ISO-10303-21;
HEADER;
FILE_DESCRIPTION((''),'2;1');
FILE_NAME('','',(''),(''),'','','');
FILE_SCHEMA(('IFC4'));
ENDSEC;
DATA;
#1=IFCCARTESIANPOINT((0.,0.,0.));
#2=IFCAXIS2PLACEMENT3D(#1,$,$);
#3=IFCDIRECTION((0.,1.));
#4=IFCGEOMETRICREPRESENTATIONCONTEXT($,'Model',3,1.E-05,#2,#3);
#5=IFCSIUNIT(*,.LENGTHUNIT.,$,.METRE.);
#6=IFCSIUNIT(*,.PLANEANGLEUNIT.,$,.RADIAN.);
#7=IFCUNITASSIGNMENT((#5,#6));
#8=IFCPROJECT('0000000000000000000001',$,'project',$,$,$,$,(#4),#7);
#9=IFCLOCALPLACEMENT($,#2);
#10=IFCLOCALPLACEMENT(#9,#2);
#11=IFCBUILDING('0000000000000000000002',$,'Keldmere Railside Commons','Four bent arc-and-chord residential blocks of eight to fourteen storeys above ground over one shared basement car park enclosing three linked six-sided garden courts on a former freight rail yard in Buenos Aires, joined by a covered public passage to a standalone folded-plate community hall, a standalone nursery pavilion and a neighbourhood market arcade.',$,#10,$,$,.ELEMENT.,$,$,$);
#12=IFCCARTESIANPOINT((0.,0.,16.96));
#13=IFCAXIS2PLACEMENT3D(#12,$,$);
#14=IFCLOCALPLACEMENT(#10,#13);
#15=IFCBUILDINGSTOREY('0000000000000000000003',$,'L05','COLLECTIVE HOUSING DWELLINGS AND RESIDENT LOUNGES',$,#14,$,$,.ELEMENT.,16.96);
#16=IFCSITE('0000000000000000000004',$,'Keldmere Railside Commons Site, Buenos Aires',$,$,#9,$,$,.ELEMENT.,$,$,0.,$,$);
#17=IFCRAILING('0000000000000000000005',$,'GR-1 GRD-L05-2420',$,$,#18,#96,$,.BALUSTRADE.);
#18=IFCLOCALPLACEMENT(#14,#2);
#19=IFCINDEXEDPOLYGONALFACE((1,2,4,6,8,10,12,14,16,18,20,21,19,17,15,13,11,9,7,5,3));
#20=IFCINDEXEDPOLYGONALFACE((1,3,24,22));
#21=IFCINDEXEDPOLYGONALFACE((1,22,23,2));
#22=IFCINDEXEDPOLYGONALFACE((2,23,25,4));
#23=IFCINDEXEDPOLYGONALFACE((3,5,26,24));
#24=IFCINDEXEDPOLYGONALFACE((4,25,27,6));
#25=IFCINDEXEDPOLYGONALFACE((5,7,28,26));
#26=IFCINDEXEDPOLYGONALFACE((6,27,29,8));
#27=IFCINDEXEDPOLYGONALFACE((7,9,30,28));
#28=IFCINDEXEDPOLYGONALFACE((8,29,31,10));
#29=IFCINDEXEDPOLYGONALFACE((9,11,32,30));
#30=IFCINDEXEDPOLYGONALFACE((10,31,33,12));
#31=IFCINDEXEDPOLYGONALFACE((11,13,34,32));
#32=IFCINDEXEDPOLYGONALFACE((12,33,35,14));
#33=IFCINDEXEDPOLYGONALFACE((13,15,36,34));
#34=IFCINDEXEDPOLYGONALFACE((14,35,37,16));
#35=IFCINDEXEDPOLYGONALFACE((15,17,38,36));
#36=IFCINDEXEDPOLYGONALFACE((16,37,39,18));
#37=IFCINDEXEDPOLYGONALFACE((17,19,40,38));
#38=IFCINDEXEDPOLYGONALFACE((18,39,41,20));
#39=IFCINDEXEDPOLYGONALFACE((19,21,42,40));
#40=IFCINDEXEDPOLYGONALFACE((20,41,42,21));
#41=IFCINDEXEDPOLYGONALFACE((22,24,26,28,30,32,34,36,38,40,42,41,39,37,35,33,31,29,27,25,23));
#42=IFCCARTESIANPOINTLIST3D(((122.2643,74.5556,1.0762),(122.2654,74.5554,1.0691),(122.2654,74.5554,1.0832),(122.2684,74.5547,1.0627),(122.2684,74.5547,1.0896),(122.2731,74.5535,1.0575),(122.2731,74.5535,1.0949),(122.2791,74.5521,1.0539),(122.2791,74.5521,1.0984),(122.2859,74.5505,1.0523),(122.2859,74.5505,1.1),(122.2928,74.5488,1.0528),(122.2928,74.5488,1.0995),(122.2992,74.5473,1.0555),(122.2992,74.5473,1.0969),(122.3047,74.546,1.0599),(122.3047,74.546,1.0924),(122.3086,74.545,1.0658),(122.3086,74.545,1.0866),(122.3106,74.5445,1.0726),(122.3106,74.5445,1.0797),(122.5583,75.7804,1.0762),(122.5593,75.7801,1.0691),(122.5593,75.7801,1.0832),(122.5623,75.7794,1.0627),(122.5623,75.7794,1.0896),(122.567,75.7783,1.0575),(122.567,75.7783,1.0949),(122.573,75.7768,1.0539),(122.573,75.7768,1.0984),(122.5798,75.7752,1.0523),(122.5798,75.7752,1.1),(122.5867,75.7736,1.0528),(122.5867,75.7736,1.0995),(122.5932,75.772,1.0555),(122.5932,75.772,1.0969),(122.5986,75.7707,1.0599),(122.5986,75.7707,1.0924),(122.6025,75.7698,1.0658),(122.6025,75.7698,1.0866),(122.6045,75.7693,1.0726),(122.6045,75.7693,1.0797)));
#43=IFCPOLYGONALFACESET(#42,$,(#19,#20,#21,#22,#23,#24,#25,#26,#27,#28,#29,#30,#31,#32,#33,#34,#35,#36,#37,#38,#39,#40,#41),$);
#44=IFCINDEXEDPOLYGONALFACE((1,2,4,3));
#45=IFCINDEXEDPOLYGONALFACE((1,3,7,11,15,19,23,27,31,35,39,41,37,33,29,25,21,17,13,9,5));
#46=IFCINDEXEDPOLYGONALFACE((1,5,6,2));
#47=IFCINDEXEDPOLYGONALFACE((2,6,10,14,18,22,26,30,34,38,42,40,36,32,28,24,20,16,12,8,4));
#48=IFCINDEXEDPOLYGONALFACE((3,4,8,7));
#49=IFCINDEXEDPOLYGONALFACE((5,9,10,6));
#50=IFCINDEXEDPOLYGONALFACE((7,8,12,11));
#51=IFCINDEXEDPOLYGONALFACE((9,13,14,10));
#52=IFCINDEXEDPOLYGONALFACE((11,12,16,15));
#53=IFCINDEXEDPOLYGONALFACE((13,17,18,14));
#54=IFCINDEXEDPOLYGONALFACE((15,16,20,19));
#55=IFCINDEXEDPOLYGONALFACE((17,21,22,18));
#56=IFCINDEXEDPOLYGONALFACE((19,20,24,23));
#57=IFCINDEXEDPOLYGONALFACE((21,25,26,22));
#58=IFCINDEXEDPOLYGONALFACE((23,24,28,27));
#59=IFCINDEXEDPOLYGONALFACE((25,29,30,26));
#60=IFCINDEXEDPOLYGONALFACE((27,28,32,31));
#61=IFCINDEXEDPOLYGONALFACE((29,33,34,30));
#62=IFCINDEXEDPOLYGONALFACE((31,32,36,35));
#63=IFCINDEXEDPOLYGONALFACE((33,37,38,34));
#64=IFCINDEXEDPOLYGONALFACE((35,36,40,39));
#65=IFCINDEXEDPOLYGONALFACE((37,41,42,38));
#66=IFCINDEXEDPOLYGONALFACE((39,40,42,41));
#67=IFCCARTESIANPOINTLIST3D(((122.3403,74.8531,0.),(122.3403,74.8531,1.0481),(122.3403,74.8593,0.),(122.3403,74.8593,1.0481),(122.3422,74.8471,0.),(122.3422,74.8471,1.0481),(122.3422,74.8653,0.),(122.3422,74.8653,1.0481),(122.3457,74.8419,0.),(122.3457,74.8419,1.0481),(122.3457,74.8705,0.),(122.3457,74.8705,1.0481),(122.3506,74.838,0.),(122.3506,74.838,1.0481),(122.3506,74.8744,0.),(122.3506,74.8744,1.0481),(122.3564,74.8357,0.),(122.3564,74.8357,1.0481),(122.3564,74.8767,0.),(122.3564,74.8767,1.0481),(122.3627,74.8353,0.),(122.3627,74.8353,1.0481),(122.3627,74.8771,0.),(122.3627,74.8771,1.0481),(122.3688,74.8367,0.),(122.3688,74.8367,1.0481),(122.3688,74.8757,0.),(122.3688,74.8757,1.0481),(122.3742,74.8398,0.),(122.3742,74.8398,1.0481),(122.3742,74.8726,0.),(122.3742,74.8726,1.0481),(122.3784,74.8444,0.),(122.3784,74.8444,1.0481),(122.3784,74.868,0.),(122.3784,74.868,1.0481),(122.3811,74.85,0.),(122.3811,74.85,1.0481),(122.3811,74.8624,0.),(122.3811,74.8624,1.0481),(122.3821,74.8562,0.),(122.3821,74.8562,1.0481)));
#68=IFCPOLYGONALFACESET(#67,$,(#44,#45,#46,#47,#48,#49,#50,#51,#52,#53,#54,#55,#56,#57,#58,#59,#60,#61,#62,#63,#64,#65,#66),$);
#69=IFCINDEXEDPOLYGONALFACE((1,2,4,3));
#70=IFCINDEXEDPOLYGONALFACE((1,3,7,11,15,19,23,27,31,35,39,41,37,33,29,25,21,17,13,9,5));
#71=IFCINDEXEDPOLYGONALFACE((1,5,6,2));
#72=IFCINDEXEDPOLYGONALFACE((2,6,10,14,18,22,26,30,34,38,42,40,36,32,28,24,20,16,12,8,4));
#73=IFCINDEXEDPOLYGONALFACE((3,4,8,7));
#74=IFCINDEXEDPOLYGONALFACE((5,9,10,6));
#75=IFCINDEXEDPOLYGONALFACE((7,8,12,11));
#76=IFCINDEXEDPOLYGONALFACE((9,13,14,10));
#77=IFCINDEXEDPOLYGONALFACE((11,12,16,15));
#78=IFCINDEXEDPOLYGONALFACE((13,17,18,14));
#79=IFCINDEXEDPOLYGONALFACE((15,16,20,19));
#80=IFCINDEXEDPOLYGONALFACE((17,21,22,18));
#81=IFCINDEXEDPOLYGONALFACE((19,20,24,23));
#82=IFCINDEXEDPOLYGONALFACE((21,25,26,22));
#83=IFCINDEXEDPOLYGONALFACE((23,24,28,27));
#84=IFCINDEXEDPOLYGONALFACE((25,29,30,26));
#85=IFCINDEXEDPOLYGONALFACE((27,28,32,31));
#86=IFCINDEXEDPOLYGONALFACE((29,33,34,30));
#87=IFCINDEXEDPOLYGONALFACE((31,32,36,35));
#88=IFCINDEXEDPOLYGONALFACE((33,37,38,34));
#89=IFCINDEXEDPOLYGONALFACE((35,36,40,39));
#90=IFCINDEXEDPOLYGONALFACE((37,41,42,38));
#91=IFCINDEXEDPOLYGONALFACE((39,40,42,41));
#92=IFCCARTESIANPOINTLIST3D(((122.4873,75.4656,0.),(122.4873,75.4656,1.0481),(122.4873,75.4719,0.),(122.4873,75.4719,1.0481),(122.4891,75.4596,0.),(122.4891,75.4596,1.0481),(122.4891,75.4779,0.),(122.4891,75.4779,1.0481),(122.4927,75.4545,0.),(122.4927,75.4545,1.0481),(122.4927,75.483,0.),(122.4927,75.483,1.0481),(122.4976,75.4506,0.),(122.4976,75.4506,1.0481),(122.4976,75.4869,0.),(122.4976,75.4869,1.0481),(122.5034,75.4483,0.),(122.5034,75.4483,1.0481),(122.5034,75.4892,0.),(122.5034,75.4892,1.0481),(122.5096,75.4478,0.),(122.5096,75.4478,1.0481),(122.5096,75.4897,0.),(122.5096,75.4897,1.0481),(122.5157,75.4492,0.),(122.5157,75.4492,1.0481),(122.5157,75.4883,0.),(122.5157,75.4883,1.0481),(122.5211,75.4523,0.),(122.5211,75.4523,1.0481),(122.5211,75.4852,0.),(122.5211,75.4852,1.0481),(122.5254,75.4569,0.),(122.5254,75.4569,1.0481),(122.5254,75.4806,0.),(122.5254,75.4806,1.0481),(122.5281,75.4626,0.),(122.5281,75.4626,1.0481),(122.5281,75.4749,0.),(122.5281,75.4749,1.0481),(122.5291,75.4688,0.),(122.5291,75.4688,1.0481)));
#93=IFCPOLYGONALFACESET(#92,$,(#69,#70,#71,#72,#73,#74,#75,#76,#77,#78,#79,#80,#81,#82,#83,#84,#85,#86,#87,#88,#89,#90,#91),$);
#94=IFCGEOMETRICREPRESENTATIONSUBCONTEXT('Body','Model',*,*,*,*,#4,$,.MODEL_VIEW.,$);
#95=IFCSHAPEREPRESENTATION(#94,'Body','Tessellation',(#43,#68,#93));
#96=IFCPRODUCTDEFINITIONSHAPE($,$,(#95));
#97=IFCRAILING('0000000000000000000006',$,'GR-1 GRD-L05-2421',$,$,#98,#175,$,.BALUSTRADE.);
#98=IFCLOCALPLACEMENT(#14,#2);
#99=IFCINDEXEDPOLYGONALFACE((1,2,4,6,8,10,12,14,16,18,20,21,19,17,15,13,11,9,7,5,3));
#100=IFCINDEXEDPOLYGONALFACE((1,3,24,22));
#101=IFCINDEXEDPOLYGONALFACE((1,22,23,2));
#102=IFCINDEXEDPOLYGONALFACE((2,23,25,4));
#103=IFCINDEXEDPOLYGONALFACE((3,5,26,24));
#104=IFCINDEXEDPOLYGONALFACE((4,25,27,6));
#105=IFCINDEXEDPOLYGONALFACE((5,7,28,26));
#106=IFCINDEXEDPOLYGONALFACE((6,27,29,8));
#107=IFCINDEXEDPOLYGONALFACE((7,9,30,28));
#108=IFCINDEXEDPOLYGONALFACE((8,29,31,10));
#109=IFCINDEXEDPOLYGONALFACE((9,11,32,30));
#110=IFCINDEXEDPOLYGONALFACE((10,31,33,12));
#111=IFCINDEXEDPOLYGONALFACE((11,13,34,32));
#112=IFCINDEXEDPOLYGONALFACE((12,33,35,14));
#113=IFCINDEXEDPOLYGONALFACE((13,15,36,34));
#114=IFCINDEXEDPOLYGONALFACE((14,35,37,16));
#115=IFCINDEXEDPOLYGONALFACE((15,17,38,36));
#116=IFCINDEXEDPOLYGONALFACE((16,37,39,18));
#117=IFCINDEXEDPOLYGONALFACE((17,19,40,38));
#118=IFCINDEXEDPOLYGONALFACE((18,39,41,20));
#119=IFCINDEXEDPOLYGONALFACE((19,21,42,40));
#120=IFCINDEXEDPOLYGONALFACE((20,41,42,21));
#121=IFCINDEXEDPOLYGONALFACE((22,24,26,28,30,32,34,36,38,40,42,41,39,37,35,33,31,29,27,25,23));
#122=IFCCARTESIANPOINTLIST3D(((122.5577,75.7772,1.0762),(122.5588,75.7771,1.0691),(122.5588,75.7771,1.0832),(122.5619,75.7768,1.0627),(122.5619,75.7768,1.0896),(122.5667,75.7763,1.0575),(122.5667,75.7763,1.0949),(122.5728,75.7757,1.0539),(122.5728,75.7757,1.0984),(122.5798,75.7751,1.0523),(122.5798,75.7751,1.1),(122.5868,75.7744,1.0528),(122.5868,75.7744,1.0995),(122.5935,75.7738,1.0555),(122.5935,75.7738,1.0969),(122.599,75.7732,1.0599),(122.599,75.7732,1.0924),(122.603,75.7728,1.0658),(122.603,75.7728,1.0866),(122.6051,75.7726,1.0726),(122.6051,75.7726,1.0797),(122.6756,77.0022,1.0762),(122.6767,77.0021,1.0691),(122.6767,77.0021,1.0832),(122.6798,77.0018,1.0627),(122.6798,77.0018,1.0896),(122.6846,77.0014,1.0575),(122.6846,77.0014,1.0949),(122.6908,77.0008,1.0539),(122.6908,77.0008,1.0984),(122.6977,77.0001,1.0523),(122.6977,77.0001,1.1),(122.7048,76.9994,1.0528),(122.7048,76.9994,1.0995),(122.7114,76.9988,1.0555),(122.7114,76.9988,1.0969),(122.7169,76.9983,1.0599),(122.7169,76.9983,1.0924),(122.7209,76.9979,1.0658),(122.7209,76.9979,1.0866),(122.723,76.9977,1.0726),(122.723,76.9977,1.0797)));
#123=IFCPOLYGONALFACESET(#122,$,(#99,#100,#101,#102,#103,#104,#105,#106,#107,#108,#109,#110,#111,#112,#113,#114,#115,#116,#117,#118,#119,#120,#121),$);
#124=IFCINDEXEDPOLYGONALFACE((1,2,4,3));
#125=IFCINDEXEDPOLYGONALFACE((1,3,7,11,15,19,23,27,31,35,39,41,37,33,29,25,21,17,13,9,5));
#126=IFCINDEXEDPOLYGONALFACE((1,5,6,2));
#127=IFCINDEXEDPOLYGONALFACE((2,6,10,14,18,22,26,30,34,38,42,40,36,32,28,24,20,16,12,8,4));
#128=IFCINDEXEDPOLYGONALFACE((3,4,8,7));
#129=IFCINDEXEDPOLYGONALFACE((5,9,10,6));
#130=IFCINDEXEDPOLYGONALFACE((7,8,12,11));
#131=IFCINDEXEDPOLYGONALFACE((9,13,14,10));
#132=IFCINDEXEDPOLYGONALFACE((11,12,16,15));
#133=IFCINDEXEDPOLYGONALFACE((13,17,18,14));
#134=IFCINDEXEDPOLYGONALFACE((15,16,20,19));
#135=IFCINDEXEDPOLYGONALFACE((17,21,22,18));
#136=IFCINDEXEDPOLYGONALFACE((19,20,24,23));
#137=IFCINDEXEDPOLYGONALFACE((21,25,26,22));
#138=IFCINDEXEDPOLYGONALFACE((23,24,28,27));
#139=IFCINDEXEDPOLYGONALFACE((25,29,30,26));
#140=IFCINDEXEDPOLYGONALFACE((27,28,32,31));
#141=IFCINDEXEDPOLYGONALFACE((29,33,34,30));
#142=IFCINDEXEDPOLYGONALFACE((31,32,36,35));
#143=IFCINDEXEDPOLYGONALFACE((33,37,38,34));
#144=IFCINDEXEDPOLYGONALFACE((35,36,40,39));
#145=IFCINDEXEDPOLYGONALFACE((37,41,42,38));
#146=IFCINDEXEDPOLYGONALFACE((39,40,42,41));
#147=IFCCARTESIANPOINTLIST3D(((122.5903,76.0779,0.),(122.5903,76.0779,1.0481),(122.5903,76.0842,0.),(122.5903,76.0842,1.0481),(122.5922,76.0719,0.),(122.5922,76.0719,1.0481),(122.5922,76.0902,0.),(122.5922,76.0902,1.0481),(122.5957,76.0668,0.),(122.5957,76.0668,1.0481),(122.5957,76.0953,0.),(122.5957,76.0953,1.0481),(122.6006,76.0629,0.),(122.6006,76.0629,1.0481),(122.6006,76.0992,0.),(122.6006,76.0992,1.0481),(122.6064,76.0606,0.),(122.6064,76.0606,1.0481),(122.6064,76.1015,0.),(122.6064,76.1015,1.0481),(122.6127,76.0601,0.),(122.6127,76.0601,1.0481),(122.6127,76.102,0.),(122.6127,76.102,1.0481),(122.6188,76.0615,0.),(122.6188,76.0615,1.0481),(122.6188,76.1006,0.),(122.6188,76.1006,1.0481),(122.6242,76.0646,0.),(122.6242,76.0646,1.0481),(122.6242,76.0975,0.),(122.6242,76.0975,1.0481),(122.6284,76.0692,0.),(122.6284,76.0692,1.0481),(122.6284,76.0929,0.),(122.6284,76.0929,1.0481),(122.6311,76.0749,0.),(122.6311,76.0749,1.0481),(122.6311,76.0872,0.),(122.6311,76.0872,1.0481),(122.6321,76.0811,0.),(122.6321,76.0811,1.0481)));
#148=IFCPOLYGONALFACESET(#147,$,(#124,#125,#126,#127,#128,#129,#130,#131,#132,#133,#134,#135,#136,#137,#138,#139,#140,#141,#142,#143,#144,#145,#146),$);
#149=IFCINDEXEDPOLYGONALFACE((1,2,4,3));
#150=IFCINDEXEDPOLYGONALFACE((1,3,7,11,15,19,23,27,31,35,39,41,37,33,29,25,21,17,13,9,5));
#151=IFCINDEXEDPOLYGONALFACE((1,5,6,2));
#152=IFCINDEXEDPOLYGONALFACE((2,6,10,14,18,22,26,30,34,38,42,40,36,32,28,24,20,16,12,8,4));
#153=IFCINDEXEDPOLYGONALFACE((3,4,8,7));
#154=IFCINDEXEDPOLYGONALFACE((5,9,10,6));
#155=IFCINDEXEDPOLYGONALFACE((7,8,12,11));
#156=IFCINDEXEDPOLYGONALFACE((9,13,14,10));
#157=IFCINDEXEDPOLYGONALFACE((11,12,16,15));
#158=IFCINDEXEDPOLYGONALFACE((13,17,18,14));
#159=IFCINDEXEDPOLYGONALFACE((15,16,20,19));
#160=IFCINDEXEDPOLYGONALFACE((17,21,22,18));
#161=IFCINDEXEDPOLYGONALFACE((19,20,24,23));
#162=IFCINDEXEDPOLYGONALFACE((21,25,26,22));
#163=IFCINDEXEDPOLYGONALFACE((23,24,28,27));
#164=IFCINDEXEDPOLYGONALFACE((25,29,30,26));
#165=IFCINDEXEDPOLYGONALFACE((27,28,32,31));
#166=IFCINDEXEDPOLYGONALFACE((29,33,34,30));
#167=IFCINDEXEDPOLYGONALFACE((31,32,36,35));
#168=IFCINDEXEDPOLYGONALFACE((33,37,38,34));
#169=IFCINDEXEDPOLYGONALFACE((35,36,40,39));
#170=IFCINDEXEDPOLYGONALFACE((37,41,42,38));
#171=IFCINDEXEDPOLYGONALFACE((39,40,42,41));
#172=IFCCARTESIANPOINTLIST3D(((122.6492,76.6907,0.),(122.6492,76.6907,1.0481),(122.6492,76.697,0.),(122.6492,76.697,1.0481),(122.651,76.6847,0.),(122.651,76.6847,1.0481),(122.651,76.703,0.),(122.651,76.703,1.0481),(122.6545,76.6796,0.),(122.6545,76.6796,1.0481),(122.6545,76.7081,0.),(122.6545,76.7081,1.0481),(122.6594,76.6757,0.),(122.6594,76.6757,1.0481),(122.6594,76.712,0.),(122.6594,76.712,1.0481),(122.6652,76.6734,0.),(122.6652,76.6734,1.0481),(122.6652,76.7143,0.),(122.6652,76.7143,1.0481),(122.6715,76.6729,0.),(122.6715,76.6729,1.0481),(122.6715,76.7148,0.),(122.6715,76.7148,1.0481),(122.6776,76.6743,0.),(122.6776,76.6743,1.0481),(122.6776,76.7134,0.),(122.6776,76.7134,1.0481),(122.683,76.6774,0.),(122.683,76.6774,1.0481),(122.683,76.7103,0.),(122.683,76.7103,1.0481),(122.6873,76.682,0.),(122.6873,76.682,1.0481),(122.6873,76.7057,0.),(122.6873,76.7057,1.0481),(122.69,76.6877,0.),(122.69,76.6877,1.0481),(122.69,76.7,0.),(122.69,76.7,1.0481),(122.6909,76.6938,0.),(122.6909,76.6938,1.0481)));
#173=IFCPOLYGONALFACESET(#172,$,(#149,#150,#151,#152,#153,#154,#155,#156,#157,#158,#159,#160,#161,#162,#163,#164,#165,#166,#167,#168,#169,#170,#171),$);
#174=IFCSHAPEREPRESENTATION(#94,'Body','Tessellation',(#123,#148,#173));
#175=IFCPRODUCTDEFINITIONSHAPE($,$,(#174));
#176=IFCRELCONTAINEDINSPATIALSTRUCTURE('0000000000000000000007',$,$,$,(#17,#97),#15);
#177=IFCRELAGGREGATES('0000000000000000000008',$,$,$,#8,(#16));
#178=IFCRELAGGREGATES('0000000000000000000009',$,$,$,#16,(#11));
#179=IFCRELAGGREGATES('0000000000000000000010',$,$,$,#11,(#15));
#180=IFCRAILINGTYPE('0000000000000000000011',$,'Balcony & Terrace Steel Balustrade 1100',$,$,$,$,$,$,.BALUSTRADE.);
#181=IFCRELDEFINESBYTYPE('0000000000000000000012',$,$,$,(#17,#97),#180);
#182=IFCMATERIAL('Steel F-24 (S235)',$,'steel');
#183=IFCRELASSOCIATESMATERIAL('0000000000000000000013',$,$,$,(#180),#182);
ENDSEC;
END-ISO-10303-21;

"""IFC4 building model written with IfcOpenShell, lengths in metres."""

from ifc_helpers import new_model, si_unit, direction, frame, origin, origin_2d, place, context, subcontext, project, spatial, circle, extrude, material, type_object, element, save


model = new_model("IFC4")

# Units and contexts
model_context = context("Model", 3, precision=1e-05, world=origin(), true_north=direction((0.0, 1.0)))
body_context = subcontext(model_context, "Body", "Model", "MODEL_VIEW")
ifc_project = project(units=[si_unit("LENGTHUNIT", "METRE"), si_unit("PLANEANGLEUNIT", "RADIAN")], contexts=[model_context])

# Site, building, storey
site_placement = place(None, origin())
site = spatial("IfcSite", under=ifc_project, at=site_placement, Name="Keldmere Railside Commons Site, Buenos Aires", CompositionType="ELEMENT", RefElevation=0.0)
building_placement = place(site_placement, origin())
building = spatial("IfcBuilding", under=site, at=building_placement, Name="Keldmere Railside Commons", Description="Four bent arc-and-chord residential blocks of eight to fourteen storeys above ground over one shared basement car park enclosing three linked six-sided garden courts on a former freight rail yard in Buenos Aires, joined by a covered public passage to a standalone folded-plate community hall, a standalone nursery pavilion and a neighbourhood market arcade.", CompositionType="ELEMENT")
storey_placement = place(building_placement, frame((0.0, 0.0, 16.96)))
storey = spatial("IfcBuildingStorey", under=building, at=storey_placement, Name="L05", Description="COLLECTIVE HOUSING DWELLINGS AND RESIDENT LOUNGES", CompositionType="ELEMENT", Elevation=16.96)

# Railings
ifc_material_1 = material(Name="Steel F-24 (S235)", Category="steel")
railing_type_1 = type_object("IfcRailingType", Name="Balcony & Terrace Steel Balustrade 1100", PredefinedType="BALUSTRADE", material=ifc_material_1)
railing_1_placement = place(storey_placement, frame((122.2876, 74.55, 0.0)))
element("IfcRailing", 1, at=railing_1_placement, inside=storey, type_object=railing_type_1, Name="GR-1 GRD-L05-2420", PredefinedType="BALUSTRADE", context=body_context, shape_type="SweptSolid", body=[
    extrude(circle(Radius=0.0239, at=origin_2d()), frame((0.0, 0.0, 1.0762), z_axis=(0.233358, 0.972391, 0.0), x_axis=(-0.972391, 0.233358, 0.0)), (0.0, 0.0, 1.0), 1.2595),
    extrude(circle(Radius=0.021, at=origin_2d()), frame((0.0735, 0.3062, 0.0)), (0.0, 0.0, 1.0), 1.0481),
    extrude(circle(Radius=0.021, at=origin_2d()), frame((0.2205, 0.9187, 0.0)), (0.0, 0.0, 1.0), 1.0481),
])
railing_2_placement = place(storey_placement, frame((122.5815, 75.7749, 0.0)))
element("IfcRailing", 2, at=railing_2_placement, inside=storey, type_object=railing_type_1, Name="GR-1 GRD-L05-2421", PredefinedType="BALUSTRADE", context=body_context, shape_type="SweptSolid", body=[
    extrude(circle(Radius=0.0239, at=origin_2d()), frame((0.0, 0.0, 1.0762), z_axis=(0.095811, 0.9954, 0.0), x_axis=(-0.9954, 0.095811, 0.0)), (0.0, 0.0, 1.0), 1.2307),
    extrude(circle(Radius=0.021, at=origin_2d()), frame((0.0295, 0.3062, 0.0)), (0.0, 0.0, 1.0), 1.0481),
    extrude(circle(Radius=0.021, at=origin_2d()), frame((0.0884, 0.9189, 0.0)), (0.0, 0.0, 1.0), 1.0481),
])

save(model, "model.ifc")
